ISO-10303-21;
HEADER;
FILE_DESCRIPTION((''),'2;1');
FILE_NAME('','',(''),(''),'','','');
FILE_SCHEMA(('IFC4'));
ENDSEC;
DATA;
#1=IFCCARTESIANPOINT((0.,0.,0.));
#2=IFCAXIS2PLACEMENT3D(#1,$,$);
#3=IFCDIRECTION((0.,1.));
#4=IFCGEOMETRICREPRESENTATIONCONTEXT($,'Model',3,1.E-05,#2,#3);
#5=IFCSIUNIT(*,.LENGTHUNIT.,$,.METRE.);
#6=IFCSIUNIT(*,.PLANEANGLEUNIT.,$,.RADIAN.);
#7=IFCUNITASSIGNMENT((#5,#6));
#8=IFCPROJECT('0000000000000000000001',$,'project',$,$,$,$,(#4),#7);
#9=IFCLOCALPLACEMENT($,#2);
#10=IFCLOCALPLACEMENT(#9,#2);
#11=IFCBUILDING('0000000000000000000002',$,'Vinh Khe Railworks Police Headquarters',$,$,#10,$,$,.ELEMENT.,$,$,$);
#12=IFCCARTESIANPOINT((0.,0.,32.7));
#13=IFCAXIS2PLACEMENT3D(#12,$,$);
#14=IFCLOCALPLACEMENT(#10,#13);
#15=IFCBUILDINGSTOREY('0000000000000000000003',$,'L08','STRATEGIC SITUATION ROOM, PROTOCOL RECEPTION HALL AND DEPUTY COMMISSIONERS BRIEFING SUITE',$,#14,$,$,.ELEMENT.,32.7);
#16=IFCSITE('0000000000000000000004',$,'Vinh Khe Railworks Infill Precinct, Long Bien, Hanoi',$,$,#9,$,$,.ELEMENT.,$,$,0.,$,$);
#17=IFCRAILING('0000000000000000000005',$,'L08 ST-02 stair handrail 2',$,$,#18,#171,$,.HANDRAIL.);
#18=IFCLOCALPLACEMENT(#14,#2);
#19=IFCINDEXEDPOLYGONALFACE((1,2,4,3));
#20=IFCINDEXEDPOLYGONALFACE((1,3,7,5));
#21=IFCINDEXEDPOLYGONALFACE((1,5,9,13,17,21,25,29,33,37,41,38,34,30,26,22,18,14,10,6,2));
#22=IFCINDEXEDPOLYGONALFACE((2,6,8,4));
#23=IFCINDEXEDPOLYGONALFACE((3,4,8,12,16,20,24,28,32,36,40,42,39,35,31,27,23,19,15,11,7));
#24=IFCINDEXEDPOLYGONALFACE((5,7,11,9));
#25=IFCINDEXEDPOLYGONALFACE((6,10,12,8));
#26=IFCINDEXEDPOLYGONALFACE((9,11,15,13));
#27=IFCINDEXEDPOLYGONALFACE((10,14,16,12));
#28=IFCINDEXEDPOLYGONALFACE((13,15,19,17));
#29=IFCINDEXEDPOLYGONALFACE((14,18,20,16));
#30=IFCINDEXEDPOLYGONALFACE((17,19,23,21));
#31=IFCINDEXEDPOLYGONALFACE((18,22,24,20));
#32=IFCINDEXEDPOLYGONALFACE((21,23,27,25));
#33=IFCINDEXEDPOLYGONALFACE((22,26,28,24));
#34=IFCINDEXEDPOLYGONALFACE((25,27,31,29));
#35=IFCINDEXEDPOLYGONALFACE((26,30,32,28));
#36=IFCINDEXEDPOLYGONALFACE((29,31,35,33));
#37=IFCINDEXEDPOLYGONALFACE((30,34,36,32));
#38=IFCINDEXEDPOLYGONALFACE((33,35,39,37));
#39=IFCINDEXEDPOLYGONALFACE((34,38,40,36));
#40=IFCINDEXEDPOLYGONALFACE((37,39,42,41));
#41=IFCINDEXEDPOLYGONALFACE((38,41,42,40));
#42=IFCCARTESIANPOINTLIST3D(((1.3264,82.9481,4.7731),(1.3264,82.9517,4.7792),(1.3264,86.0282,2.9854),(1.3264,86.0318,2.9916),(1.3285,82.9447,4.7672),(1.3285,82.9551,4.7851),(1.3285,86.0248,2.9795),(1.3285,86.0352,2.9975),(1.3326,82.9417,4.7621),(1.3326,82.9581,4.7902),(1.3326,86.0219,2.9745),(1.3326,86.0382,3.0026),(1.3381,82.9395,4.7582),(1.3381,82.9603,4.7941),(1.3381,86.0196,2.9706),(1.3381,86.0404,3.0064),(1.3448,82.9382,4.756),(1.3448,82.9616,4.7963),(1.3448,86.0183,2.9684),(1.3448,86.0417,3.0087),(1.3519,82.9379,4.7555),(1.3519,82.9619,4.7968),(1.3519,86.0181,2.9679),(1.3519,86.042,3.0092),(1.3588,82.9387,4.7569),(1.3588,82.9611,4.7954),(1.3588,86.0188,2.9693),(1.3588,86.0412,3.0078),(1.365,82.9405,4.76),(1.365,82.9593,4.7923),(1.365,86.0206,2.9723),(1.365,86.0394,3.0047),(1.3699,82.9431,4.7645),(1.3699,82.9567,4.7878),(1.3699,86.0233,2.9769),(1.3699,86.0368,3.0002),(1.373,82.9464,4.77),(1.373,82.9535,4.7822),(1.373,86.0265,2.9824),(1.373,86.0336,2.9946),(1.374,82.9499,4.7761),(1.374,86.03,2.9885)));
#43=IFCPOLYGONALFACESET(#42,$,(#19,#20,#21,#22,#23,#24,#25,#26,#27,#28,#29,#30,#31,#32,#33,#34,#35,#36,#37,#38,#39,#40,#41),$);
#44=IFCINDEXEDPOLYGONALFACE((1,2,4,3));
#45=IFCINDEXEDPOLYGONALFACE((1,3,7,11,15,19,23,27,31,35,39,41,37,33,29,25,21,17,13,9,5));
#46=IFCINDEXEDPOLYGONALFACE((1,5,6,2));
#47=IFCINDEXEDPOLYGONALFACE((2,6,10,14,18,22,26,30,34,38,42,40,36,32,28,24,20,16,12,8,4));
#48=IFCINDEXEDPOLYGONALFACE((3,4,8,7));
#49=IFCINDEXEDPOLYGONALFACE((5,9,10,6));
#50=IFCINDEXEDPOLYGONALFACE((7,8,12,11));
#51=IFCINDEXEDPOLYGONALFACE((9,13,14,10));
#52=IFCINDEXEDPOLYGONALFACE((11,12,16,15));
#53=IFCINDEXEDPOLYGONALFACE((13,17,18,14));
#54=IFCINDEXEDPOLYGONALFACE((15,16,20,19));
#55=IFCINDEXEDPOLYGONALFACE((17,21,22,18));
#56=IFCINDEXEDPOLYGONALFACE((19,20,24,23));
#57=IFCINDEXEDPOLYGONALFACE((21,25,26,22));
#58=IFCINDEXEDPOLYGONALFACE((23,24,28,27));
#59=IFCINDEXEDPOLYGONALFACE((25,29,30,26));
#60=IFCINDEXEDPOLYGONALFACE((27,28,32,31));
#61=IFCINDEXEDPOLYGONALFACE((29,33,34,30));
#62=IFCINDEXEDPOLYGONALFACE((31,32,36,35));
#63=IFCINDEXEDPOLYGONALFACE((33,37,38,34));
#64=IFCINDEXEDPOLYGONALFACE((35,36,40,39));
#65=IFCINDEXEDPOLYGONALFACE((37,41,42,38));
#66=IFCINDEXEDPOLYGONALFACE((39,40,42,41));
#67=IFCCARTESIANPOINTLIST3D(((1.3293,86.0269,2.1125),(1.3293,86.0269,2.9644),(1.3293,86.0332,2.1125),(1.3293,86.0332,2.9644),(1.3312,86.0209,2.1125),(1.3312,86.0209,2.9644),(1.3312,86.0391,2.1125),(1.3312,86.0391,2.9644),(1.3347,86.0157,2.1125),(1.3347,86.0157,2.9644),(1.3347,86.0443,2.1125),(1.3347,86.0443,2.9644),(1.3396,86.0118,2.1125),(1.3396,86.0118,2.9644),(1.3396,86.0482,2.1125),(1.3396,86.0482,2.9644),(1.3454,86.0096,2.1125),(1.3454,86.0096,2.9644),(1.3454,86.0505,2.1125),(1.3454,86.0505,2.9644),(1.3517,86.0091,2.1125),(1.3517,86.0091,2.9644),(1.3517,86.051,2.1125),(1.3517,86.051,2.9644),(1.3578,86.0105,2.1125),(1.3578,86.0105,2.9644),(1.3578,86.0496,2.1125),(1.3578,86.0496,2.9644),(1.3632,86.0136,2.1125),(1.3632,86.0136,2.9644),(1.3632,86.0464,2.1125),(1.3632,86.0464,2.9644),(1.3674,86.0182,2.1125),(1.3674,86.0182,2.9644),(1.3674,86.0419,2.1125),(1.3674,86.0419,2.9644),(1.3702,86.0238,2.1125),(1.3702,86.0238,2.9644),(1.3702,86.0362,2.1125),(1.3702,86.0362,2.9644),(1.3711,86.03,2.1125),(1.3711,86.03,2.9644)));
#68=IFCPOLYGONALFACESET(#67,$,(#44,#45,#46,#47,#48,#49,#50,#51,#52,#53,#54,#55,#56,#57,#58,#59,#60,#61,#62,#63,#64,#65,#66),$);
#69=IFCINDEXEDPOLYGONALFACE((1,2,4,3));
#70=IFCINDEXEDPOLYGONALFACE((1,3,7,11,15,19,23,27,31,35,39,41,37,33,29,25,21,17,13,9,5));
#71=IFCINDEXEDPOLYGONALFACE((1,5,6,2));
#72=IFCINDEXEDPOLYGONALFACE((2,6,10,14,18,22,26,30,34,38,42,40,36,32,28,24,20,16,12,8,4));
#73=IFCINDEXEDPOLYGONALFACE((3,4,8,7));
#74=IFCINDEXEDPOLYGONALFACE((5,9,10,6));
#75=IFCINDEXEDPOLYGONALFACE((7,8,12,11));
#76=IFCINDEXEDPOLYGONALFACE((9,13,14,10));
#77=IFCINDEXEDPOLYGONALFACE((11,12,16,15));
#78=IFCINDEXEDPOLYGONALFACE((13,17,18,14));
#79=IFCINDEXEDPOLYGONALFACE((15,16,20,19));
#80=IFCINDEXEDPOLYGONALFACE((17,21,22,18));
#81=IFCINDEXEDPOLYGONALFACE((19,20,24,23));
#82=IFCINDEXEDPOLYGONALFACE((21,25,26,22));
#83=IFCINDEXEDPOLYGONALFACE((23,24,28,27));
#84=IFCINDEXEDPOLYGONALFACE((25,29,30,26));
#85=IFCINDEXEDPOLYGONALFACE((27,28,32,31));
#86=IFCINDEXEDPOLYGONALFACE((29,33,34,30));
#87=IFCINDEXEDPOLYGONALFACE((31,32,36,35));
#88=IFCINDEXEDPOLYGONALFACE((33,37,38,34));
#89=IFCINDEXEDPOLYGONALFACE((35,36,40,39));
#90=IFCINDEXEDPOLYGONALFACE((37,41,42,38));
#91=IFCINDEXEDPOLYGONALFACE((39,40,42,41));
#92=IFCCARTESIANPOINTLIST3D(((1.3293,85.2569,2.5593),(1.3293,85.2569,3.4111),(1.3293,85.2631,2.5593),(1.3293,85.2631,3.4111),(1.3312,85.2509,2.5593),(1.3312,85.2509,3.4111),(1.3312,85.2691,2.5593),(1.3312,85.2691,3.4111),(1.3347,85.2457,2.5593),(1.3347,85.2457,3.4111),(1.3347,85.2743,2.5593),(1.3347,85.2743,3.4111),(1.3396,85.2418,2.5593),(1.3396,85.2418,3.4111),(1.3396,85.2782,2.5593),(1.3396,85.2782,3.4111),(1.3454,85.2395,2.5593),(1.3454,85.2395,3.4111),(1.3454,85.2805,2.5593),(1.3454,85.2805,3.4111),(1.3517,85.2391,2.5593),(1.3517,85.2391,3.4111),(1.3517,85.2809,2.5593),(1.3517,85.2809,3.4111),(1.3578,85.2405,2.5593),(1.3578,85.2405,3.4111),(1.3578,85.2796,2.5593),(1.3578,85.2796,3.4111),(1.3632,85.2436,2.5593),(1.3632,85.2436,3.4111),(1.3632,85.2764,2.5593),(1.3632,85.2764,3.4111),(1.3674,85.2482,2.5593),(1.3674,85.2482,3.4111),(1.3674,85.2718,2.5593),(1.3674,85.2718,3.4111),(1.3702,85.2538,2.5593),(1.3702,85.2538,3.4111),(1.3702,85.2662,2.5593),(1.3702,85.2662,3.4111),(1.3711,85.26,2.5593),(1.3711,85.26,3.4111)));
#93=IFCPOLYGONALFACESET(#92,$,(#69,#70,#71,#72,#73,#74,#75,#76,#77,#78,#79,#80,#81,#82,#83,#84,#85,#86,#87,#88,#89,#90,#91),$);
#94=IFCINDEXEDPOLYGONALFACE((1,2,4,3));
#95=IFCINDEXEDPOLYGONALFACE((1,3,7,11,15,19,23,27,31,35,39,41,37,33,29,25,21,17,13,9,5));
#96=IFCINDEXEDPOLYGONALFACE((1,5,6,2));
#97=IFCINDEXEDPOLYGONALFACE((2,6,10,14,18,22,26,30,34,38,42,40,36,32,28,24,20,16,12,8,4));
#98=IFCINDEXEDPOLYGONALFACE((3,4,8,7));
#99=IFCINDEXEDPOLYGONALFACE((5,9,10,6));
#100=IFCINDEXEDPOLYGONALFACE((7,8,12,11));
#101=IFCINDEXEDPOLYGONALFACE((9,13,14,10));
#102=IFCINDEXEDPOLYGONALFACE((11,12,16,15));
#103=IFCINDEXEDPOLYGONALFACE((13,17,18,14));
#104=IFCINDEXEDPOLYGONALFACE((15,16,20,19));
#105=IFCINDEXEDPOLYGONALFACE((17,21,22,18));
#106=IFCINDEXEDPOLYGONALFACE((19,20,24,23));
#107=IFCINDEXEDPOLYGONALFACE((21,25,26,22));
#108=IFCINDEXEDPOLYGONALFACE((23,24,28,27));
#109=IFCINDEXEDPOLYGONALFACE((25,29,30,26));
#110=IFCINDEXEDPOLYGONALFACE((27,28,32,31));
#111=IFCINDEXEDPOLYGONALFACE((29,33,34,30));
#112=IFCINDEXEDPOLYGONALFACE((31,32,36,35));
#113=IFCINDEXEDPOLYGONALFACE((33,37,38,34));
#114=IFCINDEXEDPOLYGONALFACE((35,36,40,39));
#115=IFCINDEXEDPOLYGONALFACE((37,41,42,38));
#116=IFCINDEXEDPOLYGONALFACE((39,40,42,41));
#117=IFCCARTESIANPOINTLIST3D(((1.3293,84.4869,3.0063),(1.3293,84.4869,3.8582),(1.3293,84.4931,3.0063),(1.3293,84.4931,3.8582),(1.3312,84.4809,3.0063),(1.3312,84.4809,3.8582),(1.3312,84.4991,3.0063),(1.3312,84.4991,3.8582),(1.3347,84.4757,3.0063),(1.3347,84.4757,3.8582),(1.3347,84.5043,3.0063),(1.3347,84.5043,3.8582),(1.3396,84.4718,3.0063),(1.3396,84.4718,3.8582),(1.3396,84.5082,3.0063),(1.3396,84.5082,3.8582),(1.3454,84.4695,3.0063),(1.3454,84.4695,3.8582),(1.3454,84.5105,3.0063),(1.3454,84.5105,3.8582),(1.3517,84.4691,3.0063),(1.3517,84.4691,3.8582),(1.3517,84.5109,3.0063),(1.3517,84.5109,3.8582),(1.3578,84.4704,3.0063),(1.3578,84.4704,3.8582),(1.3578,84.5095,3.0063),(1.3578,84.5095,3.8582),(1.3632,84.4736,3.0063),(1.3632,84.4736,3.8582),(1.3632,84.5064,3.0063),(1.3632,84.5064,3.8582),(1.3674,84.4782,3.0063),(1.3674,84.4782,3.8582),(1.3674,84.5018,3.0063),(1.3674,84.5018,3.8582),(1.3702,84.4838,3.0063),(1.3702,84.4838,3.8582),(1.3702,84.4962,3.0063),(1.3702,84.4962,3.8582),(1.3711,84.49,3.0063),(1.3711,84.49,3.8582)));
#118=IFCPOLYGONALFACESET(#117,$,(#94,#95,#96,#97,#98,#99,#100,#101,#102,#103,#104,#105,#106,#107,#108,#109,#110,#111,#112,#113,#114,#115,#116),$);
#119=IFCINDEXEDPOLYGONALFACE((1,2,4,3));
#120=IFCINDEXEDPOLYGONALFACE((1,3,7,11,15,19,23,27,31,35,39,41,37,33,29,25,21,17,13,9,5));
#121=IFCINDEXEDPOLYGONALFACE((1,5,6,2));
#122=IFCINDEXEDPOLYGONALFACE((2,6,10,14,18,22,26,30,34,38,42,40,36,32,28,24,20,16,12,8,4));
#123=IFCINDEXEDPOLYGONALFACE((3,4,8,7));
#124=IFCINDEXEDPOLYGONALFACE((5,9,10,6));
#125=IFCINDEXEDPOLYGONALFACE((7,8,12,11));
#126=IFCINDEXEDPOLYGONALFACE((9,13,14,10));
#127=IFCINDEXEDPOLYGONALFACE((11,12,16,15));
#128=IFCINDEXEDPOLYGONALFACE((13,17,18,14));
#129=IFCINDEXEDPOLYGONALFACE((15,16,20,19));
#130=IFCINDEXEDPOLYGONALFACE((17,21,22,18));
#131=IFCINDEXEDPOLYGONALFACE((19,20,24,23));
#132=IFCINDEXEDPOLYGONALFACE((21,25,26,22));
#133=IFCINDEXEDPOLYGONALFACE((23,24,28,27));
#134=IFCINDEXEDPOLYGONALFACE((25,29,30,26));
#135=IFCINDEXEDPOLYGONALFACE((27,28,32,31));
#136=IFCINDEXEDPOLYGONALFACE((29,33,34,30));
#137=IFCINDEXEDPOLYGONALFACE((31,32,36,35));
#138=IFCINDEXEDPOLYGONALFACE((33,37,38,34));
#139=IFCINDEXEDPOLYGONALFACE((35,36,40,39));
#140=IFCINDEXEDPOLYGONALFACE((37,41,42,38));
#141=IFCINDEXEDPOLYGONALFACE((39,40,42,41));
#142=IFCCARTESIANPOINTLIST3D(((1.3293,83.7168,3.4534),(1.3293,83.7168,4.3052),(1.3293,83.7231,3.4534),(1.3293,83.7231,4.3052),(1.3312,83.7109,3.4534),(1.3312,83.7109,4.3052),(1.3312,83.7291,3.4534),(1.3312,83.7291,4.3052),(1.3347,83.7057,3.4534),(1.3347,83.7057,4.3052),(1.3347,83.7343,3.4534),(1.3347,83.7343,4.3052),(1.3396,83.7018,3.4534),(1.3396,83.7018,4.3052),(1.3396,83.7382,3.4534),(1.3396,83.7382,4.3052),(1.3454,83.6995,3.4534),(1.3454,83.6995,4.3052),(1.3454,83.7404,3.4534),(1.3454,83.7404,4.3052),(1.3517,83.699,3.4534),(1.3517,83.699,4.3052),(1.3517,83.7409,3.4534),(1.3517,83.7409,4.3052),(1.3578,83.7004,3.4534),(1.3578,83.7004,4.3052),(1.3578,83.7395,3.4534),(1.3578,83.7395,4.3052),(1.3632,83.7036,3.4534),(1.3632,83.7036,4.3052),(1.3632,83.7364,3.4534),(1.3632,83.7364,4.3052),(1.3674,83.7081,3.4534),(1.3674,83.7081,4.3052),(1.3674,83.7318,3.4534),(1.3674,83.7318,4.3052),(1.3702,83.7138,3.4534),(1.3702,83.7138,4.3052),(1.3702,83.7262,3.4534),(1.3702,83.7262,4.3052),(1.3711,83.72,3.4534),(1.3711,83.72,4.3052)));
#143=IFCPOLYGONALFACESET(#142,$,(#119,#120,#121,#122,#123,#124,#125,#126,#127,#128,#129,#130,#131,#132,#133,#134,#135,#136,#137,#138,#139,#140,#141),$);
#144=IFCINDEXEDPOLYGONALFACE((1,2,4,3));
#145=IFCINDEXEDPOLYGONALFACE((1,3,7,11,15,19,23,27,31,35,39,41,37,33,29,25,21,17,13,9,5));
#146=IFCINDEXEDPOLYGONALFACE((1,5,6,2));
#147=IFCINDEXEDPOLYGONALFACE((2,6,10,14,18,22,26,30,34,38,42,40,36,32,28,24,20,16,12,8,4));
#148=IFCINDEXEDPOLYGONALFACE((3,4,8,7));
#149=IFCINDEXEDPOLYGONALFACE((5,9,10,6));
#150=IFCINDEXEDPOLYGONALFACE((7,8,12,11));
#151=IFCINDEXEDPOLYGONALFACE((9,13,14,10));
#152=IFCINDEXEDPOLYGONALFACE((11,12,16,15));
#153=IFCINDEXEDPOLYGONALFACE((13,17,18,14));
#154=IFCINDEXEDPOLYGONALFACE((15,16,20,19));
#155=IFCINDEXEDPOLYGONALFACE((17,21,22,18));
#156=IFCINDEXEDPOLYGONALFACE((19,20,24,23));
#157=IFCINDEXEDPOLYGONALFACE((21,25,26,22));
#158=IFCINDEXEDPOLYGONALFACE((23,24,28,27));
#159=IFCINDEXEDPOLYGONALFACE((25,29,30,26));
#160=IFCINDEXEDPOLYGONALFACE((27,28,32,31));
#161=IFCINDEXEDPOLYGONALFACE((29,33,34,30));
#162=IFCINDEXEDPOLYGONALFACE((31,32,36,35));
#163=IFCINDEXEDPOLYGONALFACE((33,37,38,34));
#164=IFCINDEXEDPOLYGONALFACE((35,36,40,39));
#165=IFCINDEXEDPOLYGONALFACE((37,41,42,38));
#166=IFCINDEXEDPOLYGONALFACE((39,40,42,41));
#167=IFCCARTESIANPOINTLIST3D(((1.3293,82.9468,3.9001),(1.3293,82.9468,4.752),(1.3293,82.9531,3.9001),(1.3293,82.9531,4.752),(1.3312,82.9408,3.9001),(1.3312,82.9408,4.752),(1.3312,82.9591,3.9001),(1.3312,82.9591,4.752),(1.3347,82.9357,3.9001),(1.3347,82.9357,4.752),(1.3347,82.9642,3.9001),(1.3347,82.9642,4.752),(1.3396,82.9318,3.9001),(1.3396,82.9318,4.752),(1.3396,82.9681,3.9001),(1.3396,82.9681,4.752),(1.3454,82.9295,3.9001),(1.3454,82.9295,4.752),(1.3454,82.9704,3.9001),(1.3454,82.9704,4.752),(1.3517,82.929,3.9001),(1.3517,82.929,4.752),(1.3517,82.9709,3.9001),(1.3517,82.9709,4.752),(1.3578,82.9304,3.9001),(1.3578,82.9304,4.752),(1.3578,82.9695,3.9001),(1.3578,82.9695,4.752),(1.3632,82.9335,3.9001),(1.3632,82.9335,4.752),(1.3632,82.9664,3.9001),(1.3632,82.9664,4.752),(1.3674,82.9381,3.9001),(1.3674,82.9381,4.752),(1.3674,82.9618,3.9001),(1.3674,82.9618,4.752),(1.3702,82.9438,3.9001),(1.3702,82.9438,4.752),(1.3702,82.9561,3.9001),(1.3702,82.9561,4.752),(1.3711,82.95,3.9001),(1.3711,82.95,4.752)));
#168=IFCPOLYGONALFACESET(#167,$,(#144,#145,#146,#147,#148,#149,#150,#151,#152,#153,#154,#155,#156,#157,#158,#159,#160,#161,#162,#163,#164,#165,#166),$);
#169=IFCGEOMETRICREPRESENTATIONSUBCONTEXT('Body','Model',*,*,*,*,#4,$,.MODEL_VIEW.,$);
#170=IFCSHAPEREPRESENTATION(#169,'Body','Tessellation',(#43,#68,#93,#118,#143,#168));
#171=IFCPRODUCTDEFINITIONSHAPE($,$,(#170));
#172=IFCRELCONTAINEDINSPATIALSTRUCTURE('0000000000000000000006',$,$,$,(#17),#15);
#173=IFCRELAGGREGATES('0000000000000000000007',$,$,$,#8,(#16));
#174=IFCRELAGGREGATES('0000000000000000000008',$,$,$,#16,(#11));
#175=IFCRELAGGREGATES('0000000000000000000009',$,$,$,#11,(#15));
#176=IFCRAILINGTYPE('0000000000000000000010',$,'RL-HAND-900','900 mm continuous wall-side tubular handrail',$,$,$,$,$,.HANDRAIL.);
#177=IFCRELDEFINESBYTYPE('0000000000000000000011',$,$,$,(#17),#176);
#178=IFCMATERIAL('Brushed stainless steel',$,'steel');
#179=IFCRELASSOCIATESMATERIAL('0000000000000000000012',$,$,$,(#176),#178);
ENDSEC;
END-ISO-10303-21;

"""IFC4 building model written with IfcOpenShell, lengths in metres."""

from ifc_helpers import new_model, si_unit, direction, frame, origin, origin_2d, place, context, subcontext, project, spatial, circle, extrude, material, type_object, element, save


model = new_model("IFC4")

# Units and contexts
model_context = context("Model", 3, precision=1e-05, world=origin(), true_north=direction((0.0, 1.0)))
body_context = subcontext(model_context, "Body", "Model", "MODEL_VIEW")
ifc_project = project(units=[si_unit("LENGTHUNIT", "METRE"), si_unit("PLANEANGLEUNIT", "RADIAN")], contexts=[model_context])

# Site, building, storey
site_placement = place(None, origin())
site = spatial("IfcSite", under=ifc_project, at=site_placement, Name="Vinh Khe Railworks Infill Precinct, Long Bien, Hanoi", CompositionType="ELEMENT", RefElevation=0.0)
building_placement = place(site_placement, origin())
building = spatial("IfcBuilding", under=site, at=building_placement, Name="Vinh Khe Railworks Police Headquarters", CompositionType="ELEMENT")
storey_placement = place(building_placement, frame((0.0, 0.0, 32.7)))
storey = spatial("IfcBuildingStorey", under=building, at=storey_placement, Name="L08", Description="STRATEGIC SITUATION ROOM, PROTOCOL RECEPTION HALL AND DEPUTY COMMISSIONERS BRIEFING SUITE", CompositionType="ELEMENT", Elevation=32.7)

# Railing
ifc_material_1 = material(Name="Brushed stainless steel", Category="steel")
railing_type_1 = type_object("IfcRailingType", Name="RL-HAND-900", Description="900 mm continuous wall-side tubular handrail", PredefinedType="HANDRAIL", material=ifc_material_1)
railing_1_placement = place(storey_placement, frame((1.3501, 86.03, 2.1125)))
element("IfcRailing", 1, at=railing_1_placement, inside=storey, type_object=railing_type_1, Name="L08 ST-02 stair handrail 2", PredefinedType="HANDRAIL", context=body_context, shape_type="SweptSolid", body=[
    extrude(circle(Radius=0.0239, at=origin_2d()), frame((0.0, 0.0, 0.876), z_axis=(0.0, -0.864891, 0.50196), x_axis=(1.0, 0.0, 0.0)), (0.0, 0.0, 1.0), 3.5613),
    extrude(circle(Radius=0.021, at=origin_2d()), origin(), (0.0, 0.0, 1.0), 0.8518),
    extrude(circle(Radius=0.021, at=origin_2d()), frame((0.0, -0.77, 0.4468)), (0.0, 0.0, 1.0), 0.8518),
    extrude(circle(Radius=0.021, at=origin_2d()), frame((0.0, -1.54, 0.8938)), (0.0, 0.0, 1.0), 0.8518),
    extrude(circle(Radius=0.021, at=origin_2d()), frame((0.0, -2.3101, 1.3408)), (0.0, 0.0, 1.0), 0.8518),
    extrude(circle(Radius=0.021, at=origin_2d()), frame((0.0, -3.0801, 1.7876)), (0.0, 0.0, 1.0), 0.8518),
])

save(model, "model.ifc")
